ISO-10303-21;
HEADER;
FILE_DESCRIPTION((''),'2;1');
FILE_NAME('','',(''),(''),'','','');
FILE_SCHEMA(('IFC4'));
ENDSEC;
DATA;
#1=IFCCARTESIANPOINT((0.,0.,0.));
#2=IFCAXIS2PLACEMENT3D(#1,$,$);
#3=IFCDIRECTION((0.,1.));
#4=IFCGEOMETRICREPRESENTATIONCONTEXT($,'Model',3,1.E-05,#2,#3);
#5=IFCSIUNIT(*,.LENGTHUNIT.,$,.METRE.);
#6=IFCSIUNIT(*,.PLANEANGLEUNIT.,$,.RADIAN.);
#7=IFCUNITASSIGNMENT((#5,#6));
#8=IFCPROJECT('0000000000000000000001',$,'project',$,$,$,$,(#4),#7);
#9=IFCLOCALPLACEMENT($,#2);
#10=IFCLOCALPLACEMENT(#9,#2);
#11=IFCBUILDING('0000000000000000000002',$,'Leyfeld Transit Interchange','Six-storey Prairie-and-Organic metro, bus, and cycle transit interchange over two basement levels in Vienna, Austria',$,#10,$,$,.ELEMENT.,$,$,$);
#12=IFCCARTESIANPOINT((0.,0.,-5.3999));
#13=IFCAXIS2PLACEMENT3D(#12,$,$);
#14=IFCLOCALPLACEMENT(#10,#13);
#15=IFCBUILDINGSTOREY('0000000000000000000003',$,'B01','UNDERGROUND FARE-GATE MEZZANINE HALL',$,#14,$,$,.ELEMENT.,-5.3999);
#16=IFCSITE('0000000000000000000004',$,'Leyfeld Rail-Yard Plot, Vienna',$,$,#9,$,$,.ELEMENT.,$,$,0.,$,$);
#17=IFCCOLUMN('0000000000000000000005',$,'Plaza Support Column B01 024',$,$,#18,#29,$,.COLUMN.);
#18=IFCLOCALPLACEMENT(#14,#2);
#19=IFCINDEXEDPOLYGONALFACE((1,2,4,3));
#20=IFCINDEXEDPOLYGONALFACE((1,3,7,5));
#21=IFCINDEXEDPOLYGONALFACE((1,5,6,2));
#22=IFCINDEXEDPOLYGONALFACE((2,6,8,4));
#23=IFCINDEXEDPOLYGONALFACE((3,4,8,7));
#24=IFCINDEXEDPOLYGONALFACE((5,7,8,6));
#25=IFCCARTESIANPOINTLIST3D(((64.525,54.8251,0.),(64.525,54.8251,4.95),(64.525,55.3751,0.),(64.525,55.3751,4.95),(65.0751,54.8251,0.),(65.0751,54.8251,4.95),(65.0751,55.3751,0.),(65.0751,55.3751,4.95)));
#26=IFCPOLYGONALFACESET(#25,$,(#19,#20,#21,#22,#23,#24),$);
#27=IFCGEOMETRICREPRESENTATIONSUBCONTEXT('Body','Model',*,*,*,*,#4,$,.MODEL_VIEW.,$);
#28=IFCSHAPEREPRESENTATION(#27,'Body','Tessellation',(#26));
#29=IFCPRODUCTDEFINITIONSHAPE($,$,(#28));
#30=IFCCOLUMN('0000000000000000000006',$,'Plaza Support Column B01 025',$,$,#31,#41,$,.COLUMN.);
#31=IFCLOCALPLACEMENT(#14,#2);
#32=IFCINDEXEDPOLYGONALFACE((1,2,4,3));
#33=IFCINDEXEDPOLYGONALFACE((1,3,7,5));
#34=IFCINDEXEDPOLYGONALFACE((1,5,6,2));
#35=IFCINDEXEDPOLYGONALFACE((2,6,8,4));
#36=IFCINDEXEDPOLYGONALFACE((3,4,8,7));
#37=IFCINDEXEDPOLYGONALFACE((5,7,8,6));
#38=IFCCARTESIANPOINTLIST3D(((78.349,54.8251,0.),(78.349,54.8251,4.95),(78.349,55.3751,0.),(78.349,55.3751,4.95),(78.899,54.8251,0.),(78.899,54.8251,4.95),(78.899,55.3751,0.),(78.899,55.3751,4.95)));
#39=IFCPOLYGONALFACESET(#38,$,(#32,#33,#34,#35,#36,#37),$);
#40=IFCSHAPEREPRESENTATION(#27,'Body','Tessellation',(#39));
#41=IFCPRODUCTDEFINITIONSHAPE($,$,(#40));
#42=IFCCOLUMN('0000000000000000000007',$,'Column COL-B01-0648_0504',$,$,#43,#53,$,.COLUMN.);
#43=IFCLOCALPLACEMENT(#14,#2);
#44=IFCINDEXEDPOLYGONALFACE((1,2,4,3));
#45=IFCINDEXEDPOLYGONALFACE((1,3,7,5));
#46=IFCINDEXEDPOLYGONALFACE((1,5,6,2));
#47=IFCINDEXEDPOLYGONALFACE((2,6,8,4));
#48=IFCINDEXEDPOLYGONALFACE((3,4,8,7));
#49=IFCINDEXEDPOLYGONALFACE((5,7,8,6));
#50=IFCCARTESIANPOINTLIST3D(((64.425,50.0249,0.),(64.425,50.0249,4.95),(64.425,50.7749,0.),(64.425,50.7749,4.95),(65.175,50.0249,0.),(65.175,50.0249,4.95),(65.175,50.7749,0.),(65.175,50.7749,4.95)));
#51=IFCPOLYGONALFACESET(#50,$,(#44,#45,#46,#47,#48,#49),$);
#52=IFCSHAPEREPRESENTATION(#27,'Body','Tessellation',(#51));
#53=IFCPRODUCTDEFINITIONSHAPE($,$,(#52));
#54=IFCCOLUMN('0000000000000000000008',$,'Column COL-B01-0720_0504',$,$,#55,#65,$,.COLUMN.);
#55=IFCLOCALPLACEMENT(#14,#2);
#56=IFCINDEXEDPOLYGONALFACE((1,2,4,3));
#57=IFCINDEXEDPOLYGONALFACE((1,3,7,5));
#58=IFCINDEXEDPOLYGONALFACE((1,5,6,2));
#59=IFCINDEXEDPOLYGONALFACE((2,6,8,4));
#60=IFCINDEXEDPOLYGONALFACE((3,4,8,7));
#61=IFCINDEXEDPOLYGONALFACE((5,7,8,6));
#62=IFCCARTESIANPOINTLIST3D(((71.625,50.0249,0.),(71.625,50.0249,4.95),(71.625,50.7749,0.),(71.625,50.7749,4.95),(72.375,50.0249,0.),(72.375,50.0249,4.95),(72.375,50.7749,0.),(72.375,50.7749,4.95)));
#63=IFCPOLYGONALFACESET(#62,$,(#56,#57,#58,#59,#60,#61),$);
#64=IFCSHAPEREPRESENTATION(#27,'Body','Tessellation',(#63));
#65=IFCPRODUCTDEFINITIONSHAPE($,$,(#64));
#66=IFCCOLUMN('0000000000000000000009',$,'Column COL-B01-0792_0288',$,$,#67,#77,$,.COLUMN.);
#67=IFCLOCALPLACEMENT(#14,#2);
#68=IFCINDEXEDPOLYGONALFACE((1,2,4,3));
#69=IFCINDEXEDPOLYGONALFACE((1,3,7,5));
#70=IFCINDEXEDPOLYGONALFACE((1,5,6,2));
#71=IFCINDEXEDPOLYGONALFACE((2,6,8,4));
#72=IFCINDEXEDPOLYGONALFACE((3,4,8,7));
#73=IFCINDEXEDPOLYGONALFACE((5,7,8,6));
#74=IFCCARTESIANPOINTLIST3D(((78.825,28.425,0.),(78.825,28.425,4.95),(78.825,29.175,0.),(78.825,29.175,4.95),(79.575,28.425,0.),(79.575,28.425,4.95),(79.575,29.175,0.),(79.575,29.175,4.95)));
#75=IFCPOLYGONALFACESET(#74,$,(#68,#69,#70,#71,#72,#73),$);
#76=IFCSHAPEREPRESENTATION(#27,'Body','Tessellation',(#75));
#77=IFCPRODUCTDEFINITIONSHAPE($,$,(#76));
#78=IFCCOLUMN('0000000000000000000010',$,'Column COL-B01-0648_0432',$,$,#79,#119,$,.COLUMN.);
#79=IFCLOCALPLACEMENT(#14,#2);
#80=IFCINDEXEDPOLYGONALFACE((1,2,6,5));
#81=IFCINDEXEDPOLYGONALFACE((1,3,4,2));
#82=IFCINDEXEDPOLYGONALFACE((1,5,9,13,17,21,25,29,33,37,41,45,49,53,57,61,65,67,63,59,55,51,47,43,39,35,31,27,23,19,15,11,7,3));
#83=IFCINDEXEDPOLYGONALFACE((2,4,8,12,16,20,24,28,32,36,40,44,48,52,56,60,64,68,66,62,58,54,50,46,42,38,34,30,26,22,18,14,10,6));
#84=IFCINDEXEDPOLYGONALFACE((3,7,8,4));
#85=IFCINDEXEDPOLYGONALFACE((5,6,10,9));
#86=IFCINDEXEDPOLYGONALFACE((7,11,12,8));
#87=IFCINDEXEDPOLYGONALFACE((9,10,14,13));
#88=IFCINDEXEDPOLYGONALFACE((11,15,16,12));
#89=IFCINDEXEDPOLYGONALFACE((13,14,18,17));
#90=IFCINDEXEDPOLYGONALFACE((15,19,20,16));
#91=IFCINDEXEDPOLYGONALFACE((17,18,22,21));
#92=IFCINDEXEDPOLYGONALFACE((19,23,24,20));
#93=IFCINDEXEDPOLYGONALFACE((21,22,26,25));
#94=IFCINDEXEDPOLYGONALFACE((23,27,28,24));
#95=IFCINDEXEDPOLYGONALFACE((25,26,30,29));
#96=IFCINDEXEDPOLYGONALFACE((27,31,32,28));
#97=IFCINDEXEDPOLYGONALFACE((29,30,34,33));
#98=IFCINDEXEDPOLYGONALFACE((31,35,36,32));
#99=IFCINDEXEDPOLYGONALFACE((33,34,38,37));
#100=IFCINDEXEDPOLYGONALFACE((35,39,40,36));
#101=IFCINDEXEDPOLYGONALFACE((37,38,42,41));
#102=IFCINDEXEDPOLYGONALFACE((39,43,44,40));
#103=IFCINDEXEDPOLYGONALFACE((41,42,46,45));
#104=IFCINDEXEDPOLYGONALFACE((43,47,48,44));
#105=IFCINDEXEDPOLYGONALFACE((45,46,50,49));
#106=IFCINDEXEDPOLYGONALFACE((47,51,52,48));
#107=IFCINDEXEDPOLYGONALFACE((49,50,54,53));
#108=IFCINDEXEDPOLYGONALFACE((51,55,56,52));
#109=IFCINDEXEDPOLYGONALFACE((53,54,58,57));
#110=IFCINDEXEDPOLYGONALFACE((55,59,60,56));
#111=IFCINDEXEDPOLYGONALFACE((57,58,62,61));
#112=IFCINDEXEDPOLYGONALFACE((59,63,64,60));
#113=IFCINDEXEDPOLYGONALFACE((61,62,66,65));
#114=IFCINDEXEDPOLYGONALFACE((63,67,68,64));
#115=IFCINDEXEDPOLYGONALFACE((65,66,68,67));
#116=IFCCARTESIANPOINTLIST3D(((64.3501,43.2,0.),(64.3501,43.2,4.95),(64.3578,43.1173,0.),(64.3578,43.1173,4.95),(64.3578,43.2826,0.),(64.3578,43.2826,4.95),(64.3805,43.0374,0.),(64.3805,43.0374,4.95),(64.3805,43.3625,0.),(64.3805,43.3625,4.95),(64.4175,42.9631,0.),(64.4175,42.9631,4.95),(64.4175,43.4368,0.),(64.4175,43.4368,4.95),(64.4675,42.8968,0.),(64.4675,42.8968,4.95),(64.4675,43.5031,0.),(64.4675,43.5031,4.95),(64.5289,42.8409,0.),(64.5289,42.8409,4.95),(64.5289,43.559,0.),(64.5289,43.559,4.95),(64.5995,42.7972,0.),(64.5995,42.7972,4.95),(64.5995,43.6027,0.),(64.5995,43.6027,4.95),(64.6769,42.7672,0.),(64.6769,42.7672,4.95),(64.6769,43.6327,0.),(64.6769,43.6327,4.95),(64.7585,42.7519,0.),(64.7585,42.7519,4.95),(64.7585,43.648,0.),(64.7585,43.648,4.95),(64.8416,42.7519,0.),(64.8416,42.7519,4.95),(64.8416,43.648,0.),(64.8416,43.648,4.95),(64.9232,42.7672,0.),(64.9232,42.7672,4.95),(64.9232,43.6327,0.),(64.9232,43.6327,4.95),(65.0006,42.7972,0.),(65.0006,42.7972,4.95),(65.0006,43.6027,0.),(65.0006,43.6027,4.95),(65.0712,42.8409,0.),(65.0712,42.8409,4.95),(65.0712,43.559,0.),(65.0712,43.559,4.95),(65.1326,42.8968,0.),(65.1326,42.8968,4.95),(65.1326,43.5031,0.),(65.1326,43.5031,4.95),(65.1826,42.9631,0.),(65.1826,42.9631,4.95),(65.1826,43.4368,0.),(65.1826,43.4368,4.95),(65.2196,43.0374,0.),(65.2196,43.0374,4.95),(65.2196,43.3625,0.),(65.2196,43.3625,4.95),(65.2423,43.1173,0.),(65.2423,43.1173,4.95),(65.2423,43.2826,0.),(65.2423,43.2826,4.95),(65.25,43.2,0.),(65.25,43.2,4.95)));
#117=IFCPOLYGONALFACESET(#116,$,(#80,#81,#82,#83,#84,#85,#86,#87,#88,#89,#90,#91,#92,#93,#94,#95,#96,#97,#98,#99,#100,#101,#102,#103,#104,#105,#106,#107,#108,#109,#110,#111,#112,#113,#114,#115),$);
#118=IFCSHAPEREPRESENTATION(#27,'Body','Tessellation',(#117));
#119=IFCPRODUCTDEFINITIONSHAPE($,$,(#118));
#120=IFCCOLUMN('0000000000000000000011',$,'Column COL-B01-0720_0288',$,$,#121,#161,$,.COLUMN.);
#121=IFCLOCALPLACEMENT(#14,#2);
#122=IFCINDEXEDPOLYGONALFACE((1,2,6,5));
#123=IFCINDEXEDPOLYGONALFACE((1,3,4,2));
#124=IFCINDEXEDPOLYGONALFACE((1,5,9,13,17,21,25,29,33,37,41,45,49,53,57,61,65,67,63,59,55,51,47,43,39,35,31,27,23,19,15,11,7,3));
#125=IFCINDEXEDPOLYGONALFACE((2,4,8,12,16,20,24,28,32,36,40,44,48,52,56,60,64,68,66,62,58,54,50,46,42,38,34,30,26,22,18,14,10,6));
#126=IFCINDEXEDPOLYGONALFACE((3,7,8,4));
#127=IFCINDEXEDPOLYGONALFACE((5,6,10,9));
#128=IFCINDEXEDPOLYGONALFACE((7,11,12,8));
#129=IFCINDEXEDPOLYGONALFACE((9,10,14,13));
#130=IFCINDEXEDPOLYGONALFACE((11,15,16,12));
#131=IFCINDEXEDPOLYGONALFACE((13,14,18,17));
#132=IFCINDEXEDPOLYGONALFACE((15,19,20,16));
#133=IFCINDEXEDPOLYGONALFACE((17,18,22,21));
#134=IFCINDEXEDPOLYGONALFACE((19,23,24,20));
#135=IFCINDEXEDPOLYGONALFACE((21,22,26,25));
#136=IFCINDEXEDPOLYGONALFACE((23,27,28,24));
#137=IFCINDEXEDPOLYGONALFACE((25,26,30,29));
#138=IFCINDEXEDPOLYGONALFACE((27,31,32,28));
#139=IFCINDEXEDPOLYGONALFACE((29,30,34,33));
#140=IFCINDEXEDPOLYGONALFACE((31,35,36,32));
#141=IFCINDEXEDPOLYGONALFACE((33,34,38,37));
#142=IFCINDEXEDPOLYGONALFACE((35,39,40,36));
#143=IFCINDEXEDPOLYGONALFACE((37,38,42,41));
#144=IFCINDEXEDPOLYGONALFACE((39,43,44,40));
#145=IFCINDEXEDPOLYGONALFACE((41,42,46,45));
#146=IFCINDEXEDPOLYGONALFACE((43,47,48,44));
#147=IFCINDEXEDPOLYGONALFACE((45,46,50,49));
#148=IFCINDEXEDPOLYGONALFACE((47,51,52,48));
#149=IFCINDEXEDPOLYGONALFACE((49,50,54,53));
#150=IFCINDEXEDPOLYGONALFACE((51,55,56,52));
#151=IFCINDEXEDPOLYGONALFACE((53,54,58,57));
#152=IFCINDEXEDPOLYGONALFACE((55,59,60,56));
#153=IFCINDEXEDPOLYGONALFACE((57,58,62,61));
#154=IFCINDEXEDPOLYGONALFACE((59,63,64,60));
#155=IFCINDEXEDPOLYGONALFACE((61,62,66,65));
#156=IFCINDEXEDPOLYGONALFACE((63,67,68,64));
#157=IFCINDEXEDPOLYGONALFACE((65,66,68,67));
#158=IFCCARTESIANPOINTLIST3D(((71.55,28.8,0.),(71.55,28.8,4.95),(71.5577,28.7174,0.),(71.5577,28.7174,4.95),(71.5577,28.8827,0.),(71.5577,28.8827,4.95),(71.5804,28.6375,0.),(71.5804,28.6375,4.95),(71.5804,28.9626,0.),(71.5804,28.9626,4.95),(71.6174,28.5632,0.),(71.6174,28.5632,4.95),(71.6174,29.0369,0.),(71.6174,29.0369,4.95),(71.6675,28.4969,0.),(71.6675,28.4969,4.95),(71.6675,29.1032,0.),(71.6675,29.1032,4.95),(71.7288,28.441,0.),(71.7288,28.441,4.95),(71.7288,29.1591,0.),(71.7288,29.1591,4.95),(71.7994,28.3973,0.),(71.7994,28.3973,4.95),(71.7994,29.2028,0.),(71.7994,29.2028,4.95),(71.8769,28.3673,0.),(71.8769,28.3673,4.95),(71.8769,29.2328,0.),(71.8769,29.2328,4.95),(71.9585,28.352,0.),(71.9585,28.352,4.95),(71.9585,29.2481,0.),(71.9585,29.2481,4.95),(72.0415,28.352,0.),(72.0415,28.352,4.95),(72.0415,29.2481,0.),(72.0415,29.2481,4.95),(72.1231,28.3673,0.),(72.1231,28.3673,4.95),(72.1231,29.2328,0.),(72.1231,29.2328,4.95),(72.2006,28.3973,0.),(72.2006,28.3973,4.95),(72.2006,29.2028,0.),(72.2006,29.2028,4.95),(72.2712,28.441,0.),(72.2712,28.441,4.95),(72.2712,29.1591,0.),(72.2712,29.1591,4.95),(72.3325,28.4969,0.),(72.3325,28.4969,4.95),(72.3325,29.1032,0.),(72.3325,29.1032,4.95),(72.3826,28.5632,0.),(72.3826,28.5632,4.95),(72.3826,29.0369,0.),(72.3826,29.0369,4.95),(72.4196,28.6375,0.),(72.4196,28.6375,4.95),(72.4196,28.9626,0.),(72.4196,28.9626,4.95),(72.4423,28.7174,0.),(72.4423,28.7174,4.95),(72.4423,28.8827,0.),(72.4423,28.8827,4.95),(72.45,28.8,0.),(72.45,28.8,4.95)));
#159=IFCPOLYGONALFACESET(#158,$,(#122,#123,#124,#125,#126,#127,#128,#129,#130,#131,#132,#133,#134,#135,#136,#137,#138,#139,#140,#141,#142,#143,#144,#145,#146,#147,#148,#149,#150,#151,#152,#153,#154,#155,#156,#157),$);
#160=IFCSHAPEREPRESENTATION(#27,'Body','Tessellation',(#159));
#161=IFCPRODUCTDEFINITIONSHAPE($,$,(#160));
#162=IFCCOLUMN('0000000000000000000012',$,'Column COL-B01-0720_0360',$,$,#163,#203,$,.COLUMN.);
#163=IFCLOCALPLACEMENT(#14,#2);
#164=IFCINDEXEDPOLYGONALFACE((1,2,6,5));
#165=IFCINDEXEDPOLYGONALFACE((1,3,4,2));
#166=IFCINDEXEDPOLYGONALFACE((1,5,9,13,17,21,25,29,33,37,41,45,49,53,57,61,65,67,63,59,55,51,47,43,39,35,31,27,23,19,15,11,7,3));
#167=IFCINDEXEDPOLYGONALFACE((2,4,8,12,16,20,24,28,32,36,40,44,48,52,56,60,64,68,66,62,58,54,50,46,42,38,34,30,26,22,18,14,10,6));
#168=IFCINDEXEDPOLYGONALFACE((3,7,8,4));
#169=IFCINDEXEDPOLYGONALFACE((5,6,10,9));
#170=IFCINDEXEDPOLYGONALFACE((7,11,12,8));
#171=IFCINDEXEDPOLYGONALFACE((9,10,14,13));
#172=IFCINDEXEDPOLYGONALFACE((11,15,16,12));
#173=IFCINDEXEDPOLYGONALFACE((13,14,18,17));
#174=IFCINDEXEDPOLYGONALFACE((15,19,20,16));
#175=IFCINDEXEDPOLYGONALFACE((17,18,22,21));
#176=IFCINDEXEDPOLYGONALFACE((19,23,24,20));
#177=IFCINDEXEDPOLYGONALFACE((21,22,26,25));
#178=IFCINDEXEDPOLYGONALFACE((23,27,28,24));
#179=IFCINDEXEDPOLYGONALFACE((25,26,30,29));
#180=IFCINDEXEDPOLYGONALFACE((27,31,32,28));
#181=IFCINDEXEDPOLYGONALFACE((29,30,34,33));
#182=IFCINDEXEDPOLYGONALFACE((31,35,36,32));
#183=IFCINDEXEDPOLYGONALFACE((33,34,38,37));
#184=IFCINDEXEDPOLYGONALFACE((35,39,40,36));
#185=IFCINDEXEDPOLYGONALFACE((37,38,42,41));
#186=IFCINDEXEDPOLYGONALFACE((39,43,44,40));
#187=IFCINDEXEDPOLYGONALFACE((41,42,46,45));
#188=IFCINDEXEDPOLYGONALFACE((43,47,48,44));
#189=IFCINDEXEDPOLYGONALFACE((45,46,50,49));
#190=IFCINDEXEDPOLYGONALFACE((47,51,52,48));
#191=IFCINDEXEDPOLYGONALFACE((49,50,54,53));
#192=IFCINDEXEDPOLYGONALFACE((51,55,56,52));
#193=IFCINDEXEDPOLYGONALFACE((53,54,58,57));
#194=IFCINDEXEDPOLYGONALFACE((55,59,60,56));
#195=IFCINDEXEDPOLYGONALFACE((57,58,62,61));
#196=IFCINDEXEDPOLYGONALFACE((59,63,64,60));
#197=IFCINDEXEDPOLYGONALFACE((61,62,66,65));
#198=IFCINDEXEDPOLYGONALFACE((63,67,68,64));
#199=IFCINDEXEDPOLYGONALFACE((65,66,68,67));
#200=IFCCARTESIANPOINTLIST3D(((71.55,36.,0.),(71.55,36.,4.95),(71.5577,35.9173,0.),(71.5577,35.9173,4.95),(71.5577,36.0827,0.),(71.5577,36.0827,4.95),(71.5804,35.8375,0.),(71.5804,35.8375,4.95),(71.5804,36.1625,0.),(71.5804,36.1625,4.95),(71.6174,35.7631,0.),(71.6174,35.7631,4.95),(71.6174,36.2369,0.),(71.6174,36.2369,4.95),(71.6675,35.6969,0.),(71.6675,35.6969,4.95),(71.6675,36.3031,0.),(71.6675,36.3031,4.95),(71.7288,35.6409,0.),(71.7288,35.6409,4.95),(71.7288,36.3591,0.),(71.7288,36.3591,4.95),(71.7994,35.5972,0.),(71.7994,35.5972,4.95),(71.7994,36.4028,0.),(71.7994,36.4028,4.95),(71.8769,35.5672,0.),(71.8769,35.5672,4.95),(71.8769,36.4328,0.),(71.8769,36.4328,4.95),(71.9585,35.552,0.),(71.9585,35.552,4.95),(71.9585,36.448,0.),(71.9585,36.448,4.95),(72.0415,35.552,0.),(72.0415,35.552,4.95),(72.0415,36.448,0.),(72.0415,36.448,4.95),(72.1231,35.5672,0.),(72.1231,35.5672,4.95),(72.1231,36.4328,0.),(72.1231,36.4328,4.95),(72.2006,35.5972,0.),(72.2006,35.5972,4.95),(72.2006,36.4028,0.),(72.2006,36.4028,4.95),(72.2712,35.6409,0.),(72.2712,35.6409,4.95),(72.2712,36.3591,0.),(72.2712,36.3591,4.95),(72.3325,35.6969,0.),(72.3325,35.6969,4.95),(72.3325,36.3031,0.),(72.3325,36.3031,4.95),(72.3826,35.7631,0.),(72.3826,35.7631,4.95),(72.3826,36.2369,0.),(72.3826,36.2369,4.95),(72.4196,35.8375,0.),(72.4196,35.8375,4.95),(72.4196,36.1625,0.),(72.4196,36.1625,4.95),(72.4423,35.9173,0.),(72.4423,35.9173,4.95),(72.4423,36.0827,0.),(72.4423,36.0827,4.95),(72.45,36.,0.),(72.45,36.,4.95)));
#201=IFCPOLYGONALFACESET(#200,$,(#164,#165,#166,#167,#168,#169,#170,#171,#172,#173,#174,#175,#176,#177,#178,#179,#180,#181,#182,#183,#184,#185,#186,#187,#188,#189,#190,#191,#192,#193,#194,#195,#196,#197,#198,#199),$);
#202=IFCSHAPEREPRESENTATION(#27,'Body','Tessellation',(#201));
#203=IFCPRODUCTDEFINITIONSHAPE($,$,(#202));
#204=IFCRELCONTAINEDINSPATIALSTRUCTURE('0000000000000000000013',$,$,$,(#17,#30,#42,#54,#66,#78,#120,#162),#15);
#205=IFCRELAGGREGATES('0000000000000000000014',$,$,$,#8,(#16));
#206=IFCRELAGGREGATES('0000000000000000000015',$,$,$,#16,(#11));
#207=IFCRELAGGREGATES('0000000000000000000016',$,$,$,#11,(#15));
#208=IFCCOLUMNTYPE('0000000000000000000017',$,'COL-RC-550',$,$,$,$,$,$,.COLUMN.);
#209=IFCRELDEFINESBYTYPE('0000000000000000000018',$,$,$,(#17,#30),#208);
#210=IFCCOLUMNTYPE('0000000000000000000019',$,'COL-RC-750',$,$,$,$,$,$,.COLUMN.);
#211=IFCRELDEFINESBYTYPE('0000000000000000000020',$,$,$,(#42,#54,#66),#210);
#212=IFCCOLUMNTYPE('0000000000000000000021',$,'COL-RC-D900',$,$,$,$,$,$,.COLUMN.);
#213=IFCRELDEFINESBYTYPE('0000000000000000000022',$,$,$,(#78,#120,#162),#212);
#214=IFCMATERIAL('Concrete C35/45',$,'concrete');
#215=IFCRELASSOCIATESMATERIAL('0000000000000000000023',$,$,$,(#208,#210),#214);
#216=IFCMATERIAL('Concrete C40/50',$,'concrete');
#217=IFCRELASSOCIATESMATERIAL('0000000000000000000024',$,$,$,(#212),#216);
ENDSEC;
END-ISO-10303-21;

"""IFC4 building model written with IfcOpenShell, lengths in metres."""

from ifc_helpers import new_model, si_unit, direction, frame, origin, origin_2d, place, context, subcontext, project, spatial, rectangle, circle, extrude, material, material_profile, profile_set, type_object, element, save


model = new_model("IFC4")

# Units and contexts
model_context = context("Model", 3, precision=1e-05, world=origin(), true_north=direction((0.0, 1.0)))
body_context = subcontext(model_context, "Body", "Model", "MODEL_VIEW")
ifc_project = project(units=[si_unit("LENGTHUNIT", "METRE"), si_unit("PLANEANGLEUNIT", "RADIAN")], contexts=[model_context])

# Site, building, storey
site_placement = place(None, origin())
site = spatial("IfcSite", under=ifc_project, at=site_placement, Name="Leyfeld Rail-Yard Plot, Vienna", CompositionType="ELEMENT", RefElevation=0.0)
building_placement = place(site_placement, origin())
building = spatial("IfcBuilding", under=site, at=building_placement, Name="Leyfeld Transit Interchange", Description="Six-storey Prairie-and-Organic metro, bus, and cycle transit interchange over two basement levels in Vienna, Austria", CompositionType="ELEMENT")
storey_placement = place(building_placement, frame((0.0, 0.0, -5.3999)))
storey = spatial("IfcBuildingStorey", under=building, at=storey_placement, Name="B01", Description="UNDERGROUND FARE-GATE MEZZANINE HALL", CompositionType="ELEMENT", Elevation=-5.3999)

# Columns
ifc_material_1 = material(Name="Concrete C35/45", Category="concrete")
ifc_material_profile_1 = material_profile(ifc_material_1, rectangle(XDim=0.55, YDim=0.55, at=origin_2d()), Name="RC 550x550")
ifc_profile_set_1 = profile_set([ifc_material_profile_1], Name="Concrete C35/45")
column_type_1 = type_object("IfcColumnType", Name="COL-RC-550", PredefinedType="COLUMN", material=ifc_profile_set_1)
for number, where, z_axis, x_axis, name in (
    (1, (64.8, 55.1001, 0.0), (0.0, 0.0, 1.0), (1.0, 0.0, 0.0), "Plaza Support Column B01 024"),
    (2, (78.624, 55.1001, 0.0), (0.0, 0.0, 1.0), (1.0, 0.0, 0.0), "Plaza Support Column B01 025"),
):
    element("IfcColumn", number, at=place(storey_placement, frame(where, z_axis=z_axis, x_axis=x_axis)), inside=storey, type_object=column_type_1, Name=name, PredefinedType="COLUMN", context=body_context, shape_type="SweptSolid", body=[
        extrude(rectangle(XDim=0.55, YDim=0.55, at=origin_2d()), origin(), (0.0, 0.0, 1.0), 4.95),
    ])
ifc_material_profile_2 = material_profile(ifc_material_1, rectangle(XDim=0.75, YDim=0.75, at=origin_2d()), Name="RC 750x750")
ifc_profile_set_2 = profile_set([ifc_material_profile_2], Name="Concrete C35/45")
column_type_2 = type_object("IfcColumnType", Name="COL-RC-750", PredefinedType="COLUMN", material=ifc_profile_set_2)
for number, where, z_axis, x_axis, name in (
    (3, (64.8, 50.3999, 0.0), (0.0, 0.0, 1.0), (1.0, 0.0, 0.0), "Column COL-B01-0648_0504"),
    (4, (72.0, 50.3999, 0.0), (0.0, 0.0, 1.0), (1.0, 0.0, 0.0), "Column COL-B01-0720_0504"),
    (5, (79.2, 28.8, 0.0), (0.0, 0.0, 1.0), (1.0, 0.0, 0.0), "Column COL-B01-0792_0288"),
):
    element("IfcColumn", number, at=place(storey_placement, frame(where, z_axis=z_axis, x_axis=x_axis)), inside=storey, type_object=column_type_2, Name=name, PredefinedType="COLUMN", context=body_context, shape_type="SweptSolid", body=[
        extrude(rectangle(XDim=0.75, YDim=0.75, at=origin_2d()), origin(), (0.0, 0.0, 1.0), 4.95),
    ])
ifc_material_2 = material(Name="Concrete C40/50", Category="concrete")
ifc_material_profile_3 = material_profile(ifc_material_2, circle(Radius=0.45, at=origin_2d()), Name="RC D900")
ifc_profile_set_3 = profile_set([ifc_material_profile_3], Name="Concrete C40/50")
column_type_3 = type_object("IfcColumnType", Name="COL-RC-D900", PredefinedType="COLUMN", material=ifc_profile_set_3)
for number, where, z_axis, x_axis, name in (
    (6, (64.8, 43.2, 0.0), (0.0, 0.0, 1.0), (1.0, 0.0, 0.0), "Column COL-B01-0648_0432"),
    (7, (72.0, 28.8, 0.0), (0.0, 0.0, 1.0), (1.0, 0.0, 0.0), "Column COL-B01-0720_0288"),
    (8, (72.0, 36.0, 0.0), (0.0, 0.0, 1.0), (1.0, 0.0, 0.0), "Column COL-B01-0720_0360"),
):
    element("IfcColumn", number, at=place(storey_placement, frame(where, z_axis=z_axis, x_axis=x_axis)), inside=storey, type_object=column_type_3, Name=name, PredefinedType="COLUMN", context=body_context, shape_type="SweptSolid", body=[
        extrude(circle(Radius=0.45, at=origin_2d()), origin(), (0.0, 0.0, 1.0), 4.95),
    ])

save(model, "model.ifc")
